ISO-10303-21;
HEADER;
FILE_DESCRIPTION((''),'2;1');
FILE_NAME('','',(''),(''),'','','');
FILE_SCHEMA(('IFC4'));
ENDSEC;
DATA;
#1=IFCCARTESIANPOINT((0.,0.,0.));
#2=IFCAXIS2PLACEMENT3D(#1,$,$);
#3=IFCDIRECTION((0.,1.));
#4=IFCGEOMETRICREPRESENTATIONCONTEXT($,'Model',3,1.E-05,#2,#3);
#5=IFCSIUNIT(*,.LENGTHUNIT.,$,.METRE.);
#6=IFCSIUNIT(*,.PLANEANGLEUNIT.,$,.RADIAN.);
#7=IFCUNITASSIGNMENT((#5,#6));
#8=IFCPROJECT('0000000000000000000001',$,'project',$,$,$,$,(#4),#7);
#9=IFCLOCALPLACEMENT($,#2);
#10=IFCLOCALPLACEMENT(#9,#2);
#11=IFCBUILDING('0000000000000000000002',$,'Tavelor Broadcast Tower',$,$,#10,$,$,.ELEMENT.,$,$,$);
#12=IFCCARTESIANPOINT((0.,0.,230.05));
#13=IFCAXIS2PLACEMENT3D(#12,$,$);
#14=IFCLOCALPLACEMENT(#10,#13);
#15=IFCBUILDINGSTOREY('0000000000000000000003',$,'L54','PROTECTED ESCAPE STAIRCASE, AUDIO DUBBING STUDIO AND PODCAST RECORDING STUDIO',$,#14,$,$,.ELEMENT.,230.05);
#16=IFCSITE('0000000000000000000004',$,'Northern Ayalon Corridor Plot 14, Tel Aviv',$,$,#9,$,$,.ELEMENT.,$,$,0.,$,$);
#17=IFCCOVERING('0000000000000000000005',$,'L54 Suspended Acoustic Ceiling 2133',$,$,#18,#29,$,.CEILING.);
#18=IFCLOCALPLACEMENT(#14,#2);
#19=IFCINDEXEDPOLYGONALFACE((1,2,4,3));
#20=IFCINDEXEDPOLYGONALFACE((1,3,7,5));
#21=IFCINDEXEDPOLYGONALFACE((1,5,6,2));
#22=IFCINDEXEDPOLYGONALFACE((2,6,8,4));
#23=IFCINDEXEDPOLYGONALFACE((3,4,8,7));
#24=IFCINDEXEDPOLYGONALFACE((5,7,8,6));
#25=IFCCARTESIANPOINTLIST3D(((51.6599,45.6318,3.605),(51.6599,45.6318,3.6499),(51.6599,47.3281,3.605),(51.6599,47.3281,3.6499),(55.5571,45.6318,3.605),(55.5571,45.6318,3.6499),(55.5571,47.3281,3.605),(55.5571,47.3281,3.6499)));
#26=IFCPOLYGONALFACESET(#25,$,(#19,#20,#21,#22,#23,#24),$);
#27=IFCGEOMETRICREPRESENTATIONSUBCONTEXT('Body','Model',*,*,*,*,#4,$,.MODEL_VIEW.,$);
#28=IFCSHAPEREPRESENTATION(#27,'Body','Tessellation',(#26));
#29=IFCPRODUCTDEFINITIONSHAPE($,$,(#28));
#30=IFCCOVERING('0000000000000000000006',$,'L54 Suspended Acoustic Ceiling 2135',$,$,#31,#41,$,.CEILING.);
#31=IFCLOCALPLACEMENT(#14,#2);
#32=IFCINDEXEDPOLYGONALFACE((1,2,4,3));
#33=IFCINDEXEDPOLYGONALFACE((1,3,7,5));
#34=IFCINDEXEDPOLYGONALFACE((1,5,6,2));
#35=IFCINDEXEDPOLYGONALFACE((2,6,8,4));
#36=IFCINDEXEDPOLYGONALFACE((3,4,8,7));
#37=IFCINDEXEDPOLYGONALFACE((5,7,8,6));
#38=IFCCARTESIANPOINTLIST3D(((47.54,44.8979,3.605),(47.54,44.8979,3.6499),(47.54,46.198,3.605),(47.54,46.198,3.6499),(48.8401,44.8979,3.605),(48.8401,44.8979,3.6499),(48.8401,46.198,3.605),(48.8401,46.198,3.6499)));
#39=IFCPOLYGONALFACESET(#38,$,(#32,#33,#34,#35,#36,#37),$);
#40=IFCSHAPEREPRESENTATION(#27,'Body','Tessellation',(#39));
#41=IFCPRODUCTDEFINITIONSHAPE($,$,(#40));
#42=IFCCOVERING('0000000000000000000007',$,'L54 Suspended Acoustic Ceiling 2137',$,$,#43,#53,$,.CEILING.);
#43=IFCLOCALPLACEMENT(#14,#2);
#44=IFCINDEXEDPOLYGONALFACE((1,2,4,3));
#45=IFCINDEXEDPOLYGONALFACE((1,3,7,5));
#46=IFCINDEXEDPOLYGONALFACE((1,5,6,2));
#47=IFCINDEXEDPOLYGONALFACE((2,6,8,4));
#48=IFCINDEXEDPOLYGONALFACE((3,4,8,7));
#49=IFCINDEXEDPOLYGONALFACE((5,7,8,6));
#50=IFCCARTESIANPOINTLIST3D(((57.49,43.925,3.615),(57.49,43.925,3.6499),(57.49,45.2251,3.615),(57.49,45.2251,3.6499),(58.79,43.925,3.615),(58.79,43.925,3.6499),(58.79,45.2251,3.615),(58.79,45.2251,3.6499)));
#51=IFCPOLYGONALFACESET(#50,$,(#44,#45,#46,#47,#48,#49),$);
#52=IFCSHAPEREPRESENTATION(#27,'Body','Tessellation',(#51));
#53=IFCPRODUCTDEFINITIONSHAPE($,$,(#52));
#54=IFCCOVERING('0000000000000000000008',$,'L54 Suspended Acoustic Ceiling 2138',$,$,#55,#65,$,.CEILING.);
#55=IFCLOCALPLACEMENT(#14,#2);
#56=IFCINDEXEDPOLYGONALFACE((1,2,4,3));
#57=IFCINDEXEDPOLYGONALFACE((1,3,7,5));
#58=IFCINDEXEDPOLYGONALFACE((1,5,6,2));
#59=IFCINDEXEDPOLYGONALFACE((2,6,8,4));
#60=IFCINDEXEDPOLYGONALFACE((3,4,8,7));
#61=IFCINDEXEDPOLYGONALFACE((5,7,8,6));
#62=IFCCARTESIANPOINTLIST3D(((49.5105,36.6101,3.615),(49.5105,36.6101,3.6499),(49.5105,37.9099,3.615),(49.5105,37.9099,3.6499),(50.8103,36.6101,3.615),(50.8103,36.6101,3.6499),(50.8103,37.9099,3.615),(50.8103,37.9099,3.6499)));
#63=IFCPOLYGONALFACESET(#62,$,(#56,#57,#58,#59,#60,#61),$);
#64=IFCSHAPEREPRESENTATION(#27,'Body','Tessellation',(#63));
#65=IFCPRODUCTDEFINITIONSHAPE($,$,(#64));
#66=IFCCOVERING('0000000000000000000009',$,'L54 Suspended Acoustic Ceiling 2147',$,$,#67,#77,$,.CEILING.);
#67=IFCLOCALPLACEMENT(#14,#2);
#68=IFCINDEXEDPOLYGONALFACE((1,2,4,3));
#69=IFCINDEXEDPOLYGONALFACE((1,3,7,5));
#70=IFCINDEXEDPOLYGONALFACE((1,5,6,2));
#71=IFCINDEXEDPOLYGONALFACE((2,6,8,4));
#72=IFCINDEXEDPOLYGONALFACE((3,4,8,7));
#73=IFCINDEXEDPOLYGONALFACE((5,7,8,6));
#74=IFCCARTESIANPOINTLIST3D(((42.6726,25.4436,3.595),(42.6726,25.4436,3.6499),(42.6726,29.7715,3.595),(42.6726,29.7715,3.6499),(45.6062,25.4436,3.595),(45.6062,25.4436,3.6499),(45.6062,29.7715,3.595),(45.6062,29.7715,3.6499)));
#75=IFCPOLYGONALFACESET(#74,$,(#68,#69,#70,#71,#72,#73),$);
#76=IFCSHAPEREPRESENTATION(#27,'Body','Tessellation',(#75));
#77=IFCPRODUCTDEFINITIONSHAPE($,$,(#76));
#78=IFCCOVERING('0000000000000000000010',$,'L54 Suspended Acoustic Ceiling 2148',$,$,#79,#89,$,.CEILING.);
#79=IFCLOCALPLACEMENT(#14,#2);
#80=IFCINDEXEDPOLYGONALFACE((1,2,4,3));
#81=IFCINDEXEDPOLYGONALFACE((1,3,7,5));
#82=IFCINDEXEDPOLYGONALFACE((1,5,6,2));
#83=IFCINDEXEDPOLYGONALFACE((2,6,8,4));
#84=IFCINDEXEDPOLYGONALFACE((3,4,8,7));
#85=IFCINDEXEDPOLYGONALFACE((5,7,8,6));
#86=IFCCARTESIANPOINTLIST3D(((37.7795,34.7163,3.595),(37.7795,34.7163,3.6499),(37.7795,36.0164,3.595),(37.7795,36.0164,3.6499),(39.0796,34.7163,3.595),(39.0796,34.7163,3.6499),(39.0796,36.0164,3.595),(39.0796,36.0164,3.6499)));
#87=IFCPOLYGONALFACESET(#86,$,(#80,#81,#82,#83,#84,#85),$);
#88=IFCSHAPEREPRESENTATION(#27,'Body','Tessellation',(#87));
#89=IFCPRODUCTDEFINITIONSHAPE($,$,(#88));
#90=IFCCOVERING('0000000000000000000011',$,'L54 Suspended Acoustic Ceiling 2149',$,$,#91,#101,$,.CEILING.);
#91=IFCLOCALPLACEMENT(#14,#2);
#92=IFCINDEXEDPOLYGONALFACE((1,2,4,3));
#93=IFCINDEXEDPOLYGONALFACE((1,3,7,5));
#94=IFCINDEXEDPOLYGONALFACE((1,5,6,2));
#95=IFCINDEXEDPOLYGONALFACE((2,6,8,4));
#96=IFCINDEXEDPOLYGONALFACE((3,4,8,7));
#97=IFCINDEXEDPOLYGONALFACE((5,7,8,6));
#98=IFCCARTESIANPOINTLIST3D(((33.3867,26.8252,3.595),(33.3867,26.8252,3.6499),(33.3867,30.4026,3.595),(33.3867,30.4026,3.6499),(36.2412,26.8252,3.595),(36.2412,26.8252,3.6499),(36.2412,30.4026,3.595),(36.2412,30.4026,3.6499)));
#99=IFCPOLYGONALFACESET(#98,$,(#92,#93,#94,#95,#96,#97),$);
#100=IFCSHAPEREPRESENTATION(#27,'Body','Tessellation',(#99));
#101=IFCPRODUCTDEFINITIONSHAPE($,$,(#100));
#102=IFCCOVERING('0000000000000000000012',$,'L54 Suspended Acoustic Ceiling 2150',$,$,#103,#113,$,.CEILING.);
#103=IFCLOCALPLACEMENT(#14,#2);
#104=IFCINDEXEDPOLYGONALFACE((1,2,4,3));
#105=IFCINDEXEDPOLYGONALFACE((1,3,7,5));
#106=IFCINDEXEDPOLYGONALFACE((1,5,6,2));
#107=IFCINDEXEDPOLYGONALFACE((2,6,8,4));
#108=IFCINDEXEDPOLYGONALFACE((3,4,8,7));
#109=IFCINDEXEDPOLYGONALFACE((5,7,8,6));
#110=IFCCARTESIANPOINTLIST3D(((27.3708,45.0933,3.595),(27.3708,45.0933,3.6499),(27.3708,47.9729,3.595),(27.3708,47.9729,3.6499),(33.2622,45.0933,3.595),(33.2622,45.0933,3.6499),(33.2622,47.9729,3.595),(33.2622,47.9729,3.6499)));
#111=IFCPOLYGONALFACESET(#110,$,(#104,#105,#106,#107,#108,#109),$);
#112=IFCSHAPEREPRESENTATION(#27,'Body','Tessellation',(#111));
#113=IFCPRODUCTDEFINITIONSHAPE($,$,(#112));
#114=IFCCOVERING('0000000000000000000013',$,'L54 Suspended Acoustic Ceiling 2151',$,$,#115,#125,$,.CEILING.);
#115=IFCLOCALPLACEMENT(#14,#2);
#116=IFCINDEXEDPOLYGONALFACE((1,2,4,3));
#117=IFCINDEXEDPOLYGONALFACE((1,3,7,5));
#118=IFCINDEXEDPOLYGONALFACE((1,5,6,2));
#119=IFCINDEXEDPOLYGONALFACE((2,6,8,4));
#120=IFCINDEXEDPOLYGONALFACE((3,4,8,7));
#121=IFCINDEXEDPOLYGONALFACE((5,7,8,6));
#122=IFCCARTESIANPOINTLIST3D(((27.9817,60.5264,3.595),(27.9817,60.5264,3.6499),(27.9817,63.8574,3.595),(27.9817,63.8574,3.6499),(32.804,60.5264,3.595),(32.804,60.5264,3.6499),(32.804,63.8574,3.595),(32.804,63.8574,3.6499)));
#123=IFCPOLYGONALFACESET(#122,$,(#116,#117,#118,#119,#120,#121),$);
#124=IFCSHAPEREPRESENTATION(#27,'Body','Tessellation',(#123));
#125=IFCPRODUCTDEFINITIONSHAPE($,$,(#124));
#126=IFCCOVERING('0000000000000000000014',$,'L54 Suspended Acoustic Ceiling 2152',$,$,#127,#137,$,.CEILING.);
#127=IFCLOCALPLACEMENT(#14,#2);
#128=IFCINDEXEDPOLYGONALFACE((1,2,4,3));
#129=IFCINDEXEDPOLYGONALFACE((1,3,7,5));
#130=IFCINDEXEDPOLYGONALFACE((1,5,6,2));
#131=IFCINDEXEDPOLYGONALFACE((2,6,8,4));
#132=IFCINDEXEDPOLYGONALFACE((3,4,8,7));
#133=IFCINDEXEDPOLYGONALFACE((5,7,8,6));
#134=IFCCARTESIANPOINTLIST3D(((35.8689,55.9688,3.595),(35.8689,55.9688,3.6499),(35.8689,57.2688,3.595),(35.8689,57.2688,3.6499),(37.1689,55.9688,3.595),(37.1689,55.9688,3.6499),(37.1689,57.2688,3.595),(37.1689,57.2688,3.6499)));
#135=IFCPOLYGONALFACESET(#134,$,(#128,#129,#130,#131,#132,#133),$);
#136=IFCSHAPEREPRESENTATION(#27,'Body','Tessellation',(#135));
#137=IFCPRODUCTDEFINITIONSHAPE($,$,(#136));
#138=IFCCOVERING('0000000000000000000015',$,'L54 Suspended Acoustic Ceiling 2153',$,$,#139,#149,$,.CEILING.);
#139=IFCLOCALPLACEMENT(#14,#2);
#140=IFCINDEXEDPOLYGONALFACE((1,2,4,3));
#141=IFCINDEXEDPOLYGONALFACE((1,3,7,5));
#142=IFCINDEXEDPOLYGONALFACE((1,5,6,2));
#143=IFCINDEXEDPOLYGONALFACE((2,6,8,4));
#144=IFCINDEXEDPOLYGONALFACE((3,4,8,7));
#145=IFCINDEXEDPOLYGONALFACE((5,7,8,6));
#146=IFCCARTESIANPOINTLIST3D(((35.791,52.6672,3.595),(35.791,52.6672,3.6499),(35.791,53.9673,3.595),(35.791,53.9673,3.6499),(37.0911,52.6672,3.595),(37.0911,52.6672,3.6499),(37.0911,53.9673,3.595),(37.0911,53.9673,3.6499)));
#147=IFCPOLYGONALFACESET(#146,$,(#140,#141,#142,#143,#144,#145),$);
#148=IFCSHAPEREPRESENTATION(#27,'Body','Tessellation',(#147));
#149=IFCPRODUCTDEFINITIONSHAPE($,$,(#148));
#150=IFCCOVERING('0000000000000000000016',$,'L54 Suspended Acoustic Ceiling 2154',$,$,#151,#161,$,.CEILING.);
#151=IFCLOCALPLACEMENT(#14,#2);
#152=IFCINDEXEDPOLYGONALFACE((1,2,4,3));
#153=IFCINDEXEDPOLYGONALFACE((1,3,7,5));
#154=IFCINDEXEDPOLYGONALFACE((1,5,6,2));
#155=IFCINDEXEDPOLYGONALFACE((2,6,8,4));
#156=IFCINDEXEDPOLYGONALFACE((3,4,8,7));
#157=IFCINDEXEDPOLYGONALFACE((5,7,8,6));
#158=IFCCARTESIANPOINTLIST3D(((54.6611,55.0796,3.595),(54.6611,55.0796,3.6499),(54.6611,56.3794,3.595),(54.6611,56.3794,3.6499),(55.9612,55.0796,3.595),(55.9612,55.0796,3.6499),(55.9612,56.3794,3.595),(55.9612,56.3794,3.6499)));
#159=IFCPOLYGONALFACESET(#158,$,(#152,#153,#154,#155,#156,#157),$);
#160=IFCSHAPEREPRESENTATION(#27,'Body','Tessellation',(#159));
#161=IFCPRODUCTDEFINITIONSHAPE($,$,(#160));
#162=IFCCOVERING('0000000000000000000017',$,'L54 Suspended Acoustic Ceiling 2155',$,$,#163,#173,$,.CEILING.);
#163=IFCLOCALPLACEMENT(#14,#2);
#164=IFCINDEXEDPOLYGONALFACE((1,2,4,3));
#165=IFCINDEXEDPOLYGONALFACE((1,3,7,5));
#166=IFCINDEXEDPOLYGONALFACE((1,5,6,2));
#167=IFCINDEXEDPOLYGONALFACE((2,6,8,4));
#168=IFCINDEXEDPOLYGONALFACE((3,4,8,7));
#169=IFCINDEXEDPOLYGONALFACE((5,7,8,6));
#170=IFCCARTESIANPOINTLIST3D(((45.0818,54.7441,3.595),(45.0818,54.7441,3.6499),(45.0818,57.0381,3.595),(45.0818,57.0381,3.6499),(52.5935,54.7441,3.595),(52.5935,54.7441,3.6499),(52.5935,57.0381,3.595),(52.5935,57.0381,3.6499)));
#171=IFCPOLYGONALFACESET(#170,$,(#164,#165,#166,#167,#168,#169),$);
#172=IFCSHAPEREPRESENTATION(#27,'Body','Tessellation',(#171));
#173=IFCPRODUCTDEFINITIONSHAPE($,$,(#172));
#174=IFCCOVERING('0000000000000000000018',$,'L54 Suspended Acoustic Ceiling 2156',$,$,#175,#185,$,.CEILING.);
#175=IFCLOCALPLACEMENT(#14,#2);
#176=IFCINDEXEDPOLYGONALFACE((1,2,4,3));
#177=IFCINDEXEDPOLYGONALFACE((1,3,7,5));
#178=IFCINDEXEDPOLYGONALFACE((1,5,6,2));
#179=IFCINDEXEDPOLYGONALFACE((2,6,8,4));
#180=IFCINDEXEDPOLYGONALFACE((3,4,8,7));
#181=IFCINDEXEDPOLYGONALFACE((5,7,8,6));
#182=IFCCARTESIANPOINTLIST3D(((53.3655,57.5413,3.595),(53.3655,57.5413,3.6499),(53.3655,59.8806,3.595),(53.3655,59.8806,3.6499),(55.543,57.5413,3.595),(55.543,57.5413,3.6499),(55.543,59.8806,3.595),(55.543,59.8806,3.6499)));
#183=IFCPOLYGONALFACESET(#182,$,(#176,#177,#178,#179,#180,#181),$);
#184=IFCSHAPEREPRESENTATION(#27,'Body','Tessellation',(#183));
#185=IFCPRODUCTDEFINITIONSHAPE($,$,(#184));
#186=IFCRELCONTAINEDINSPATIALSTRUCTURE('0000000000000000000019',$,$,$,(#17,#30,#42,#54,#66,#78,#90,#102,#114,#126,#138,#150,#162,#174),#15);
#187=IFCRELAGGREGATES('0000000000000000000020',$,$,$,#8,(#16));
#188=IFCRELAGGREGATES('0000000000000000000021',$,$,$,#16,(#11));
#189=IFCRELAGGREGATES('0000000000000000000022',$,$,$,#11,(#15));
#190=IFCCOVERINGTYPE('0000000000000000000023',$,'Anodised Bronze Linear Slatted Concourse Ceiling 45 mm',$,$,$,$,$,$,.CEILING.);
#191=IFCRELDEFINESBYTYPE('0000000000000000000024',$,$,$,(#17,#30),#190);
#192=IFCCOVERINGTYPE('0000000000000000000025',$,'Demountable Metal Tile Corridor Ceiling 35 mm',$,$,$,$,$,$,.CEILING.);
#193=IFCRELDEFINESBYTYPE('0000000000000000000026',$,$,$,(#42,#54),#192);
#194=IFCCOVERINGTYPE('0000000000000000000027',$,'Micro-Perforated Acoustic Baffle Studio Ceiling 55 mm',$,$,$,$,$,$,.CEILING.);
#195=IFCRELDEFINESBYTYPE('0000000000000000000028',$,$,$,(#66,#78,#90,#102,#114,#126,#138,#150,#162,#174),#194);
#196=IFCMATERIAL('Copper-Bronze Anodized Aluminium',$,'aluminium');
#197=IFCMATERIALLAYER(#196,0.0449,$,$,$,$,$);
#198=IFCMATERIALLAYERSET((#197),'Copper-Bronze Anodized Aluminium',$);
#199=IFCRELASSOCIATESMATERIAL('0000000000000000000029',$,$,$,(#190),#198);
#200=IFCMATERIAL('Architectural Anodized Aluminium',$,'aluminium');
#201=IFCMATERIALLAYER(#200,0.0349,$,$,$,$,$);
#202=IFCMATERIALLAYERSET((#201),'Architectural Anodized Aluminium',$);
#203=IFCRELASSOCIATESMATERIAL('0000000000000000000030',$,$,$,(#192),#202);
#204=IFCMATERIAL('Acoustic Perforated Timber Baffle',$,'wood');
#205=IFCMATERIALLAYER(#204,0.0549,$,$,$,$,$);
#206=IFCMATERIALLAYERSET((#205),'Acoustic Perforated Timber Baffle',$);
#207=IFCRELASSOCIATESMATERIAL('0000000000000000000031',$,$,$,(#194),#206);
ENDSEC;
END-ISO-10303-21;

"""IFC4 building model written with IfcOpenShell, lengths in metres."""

from ifc_helpers import new_model, si_unit, direction, frame, origin, place, context, subcontext, project, spatial, polyline, outline, extrude, material, layer, layer_set, type_object, element, save


model = new_model("IFC4")

# Units and contexts
model_context = context("Model", 3, precision=1e-05, world=origin(), true_north=direction((0.0, 1.0)))
body_context = subcontext(model_context, "Body", "Model", "MODEL_VIEW")
ifc_project = project(units=[si_unit("LENGTHUNIT", "METRE"), si_unit("PLANEANGLEUNIT", "RADIAN")], contexts=[model_context])

# Site, building, storey
site_placement = place(None, origin())
site = spatial("IfcSite", under=ifc_project, at=site_placement, Name="Northern Ayalon Corridor Plot 14, Tel Aviv", CompositionType="ELEMENT", RefElevation=0.0)
building_placement = place(site_placement, origin())
building = spatial("IfcBuilding", under=site, at=building_placement, Name="Tavelor Broadcast Tower", CompositionType="ELEMENT")
storey_placement = place(building_placement, frame((0.0, 0.0, 230.05)))
storey = spatial("IfcBuildingStorey", under=building, at=storey_placement, Name="L54", Description="PROTECTED ESCAPE STAIRCASE, AUDIO DUBBING STUDIO AND PODCAST RECORDING STUDIO", CompositionType="ELEMENT", Elevation=230.05)

# Coverings
ifc_material_1 = material(Name="Copper-Bronze Anodized Aluminium", Category="aluminium")
ifc_layer_1 = layer(ifc_material_1, 0.0449)
ifc_layer_set_1 = layer_set([ifc_layer_1], Name="Copper-Bronze Anodized Aluminium")
covering_type_1 = type_object("IfcCoveringType", Name="Anodised Bronze Linear Slatted Concourse Ceiling 45 mm", PredefinedType="CEILING", material=ifc_layer_set_1)
covering_1_placement = place(storey_placement, frame((0.0, 0.0, 3.605)))
element("IfcCovering", 1, at=covering_1_placement, inside=storey, type_object=covering_type_1, Name="L54 Suspended Acoustic Ceiling 2133", PredefinedType="CEILING", context=body_context, shape_type="SweptSolid", body=[
    extrude(outline(polyline([(51.6599, 45.6318), (55.5571, 45.6318), (55.5571, 47.3281), (51.6599, 47.3281), (51.6599, 45.6318)])), origin(), (0.0, 0.0, 1.0), 0.0449),
])
covering_2_placement = place(storey_placement, frame((0.0, 0.0, 3.605)))
element("IfcCovering", 2, at=covering_2_placement, inside=storey, type_object=covering_type_1, Name="L54 Suspended Acoustic Ceiling 2135", PredefinedType="CEILING", context=body_context, shape_type="SweptSolid", body=[
    extrude(outline(polyline([(47.54, 44.8979), (48.8401, 44.8979), (48.8401, 46.198), (47.54, 46.198), (47.54, 44.8979)])), origin(), (0.0, 0.0, 1.0), 0.0449),
])
ifc_material_2 = material(Name="Architectural Anodized Aluminium", Category="aluminium")
ifc_layer_2 = layer(ifc_material_2, 0.0349)
ifc_layer_set_2 = layer_set([ifc_layer_2], Name="Architectural Anodized Aluminium")
covering_type_2 = type_object("IfcCoveringType", Name="Demountable Metal Tile Corridor Ceiling 35 mm", PredefinedType="CEILING", material=ifc_layer_set_2)
covering_3_placement = place(storey_placement, frame((0.0, 0.0, 3.615)))
element("IfcCovering", 3, at=covering_3_placement, inside=storey, type_object=covering_type_2, Name="L54 Suspended Acoustic Ceiling 2137", PredefinedType="CEILING", context=body_context, shape_type="SweptSolid", body=[
    extrude(outline(polyline([(57.49, 43.925), (58.79, 43.925), (58.79, 45.2251), (57.49, 45.2251), (57.49, 43.925)])), origin(), (0.0, 0.0, 1.0), 0.0349),
])
covering_4_placement = place(storey_placement, frame((0.0, 0.0, 3.615)))
element("IfcCovering", 4, at=covering_4_placement, inside=storey, type_object=covering_type_2, Name="L54 Suspended Acoustic Ceiling 2138", PredefinedType="CEILING", context=body_context, shape_type="SweptSolid", body=[
    extrude(outline(polyline([(49.5105, 36.6101), (50.8103, 36.6101), (50.8103, 37.9099), (49.5105, 37.9099), (49.5105, 36.6101)])), origin(), (0.0, 0.0, 1.0), 0.0349),
])
ifc_material_3 = material(Name="Acoustic Perforated Timber Baffle", Category="wood")
ifc_layer_3 = layer(ifc_material_3, 0.0549)
ifc_layer_set_3 = layer_set([ifc_layer_3], Name="Acoustic Perforated Timber Baffle")
covering_type_3 = type_object("IfcCoveringType", Name="Micro-Perforated Acoustic Baffle Studio Ceiling 55 mm", PredefinedType="CEILING", material=ifc_layer_set_3)
covering_5_placement = place(storey_placement, frame((0.0, 0.0, 3.595)))
element("IfcCovering", 5, at=covering_5_placement, inside=storey, type_object=covering_type_3, Name="L54 Suspended Acoustic Ceiling 2147", PredefinedType="CEILING", context=body_context, shape_type="SweptSolid", body=[
    extrude(outline(polyline([(42.6726, 25.4436), (45.6062, 25.4436), (45.6062, 29.7715), (42.6726, 29.7715), (42.6726, 25.4436)])), origin(), (0.0, 0.0, 1.0), 0.0549),
])
covering_6_placement = place(storey_placement, frame((0.0, 0.0, 3.595)))
element("IfcCovering", 6, at=covering_6_placement, inside=storey, type_object=covering_type_3, Name="L54 Suspended Acoustic Ceiling 2148", PredefinedType="CEILING", context=body_context, shape_type="SweptSolid", body=[
    extrude(outline(polyline([(37.7795, 34.7163), (39.0796, 34.7163), (39.0796, 36.0164), (37.7795, 36.0164), (37.7795, 34.7163)])), origin(), (0.0, 0.0, 1.0), 0.0549),
])
covering_7_placement = place(storey_placement, frame((0.0, 0.0, 3.595)))
element("IfcCovering", 7, at=covering_7_placement, inside=storey, type_object=covering_type_3, Name="L54 Suspended Acoustic Ceiling 2149", PredefinedType="CEILING", context=body_context, shape_type="SweptSolid", body=[
    extrude(outline(polyline([(33.3867, 26.8252), (36.2412, 26.8252), (36.2412, 30.4026), (33.3867, 30.4026), (33.3867, 26.8252)])), origin(), (0.0, 0.0, 1.0), 0.0549),
])
covering_8_placement = place(storey_placement, frame((0.0, 0.0, 3.595)))
element("IfcCovering", 8, at=covering_8_placement, inside=storey, type_object=covering_type_3, Name="L54 Suspended Acoustic Ceiling 2150", PredefinedType="CEILING", context=body_context, shape_type="SweptSolid", body=[
    extrude(outline(polyline([(27.3708, 45.0933), (33.2622, 45.0933), (33.2622, 47.9729), (27.3708, 47.9729), (27.3708, 45.0933)])), origin(), (0.0, 0.0, 1.0), 0.0549),
])
covering_9_placement = place(storey_placement, frame((0.0, 0.0, 3.595)))
element("IfcCovering", 9, at=covering_9_placement, inside=storey, type_object=covering_type_3, Name="L54 Suspended Acoustic Ceiling 2151", PredefinedType="CEILING", context=body_context, shape_type="SweptSolid", body=[
    extrude(outline(polyline([(27.9817, 60.5264), (32.804, 60.5264), (32.804, 63.8574), (27.9817, 63.8574), (27.9817, 60.5264)])), origin(), (0.0, 0.0, 1.0), 0.0549),
])
covering_10_placement = place(storey_placement, frame((0.0, 0.0, 3.595)))
element("IfcCovering", 10, at=covering_10_placement, inside=storey, type_object=covering_type_3, Name="L54 Suspended Acoustic Ceiling 2152", PredefinedType="CEILING", context=body_context, shape_type="SweptSolid", body=[
    extrude(outline(polyline([(35.8689, 55.9688), (37.1689, 55.9688), (37.1689, 57.2688), (35.8689, 57.2688), (35.8689, 55.9688)])), origin(), (0.0, 0.0, 1.0), 0.0549),
])
covering_11_placement = place(storey_placement, frame((0.0, 0.0, 3.595)))
element("IfcCovering", 11, at=covering_11_placement, inside=storey, type_object=covering_type_3, Name="L54 Suspended Acoustic Ceiling 2153", PredefinedType="CEILING", context=body_context, shape_type="SweptSolid", body=[
    extrude(outline(polyline([(35.791, 52.6672), (37.0911, 52.6672), (37.0911, 53.9673), (35.791, 53.9673), (35.791, 52.6672)])), origin(), (0.0, 0.0, 1.0), 0.0549),
])
covering_12_placement = place(storey_placement, frame((0.0, 0.0, 3.595)))
element("IfcCovering", 12, at=covering_12_placement, inside=storey, type_object=covering_type_3, Name="L54 Suspended Acoustic Ceiling 2154", PredefinedType="CEILING", context=body_context, shape_type="SweptSolid", body=[
    extrude(outline(polyline([(54.6611, 55.0796), (55.9612, 55.0796), (55.9612, 56.3794), (54.6611, 56.3794), (54.6611, 55.0796)])), origin(), (0.0, 0.0, 1.0), 0.0549),
])
covering_13_placement = place(storey_placement, frame((0.0, 0.0, 3.595)))
element("IfcCovering", 13, at=covering_13_placement, inside=storey, type_object=covering_type_3, Name="L54 Suspended Acoustic Ceiling 2155", PredefinedType="CEILING", context=body_context, shape_type="SweptSolid", body=[
    extrude(outline(polyline([(45.0818, 54.7441), (52.5935, 54.7441), (52.5935, 57.0381), (45.0818, 57.0381), (45.0818, 54.7441)])), origin(), (0.0, 0.0, 1.0), 0.0549),
])
covering_14_placement = place(storey_placement, frame((0.0, 0.0, 3.595)))
element("IfcCovering", 14, at=covering_14_placement, inside=storey, type_object=covering_type_3, Name="L54 Suspended Acoustic Ceiling 2156", PredefinedType="CEILING", context=body_context, shape_type="SweptSolid", body=[
    extrude(outline(polyline([(53.3655, 57.5413), (55.543, 57.5413), (55.543, 59.8806), (53.3655, 59.8806), (53.3655, 57.5413)])), origin(), (0.0, 0.0, 1.0), 0.0549),
])

save(model, "model.ifc")
